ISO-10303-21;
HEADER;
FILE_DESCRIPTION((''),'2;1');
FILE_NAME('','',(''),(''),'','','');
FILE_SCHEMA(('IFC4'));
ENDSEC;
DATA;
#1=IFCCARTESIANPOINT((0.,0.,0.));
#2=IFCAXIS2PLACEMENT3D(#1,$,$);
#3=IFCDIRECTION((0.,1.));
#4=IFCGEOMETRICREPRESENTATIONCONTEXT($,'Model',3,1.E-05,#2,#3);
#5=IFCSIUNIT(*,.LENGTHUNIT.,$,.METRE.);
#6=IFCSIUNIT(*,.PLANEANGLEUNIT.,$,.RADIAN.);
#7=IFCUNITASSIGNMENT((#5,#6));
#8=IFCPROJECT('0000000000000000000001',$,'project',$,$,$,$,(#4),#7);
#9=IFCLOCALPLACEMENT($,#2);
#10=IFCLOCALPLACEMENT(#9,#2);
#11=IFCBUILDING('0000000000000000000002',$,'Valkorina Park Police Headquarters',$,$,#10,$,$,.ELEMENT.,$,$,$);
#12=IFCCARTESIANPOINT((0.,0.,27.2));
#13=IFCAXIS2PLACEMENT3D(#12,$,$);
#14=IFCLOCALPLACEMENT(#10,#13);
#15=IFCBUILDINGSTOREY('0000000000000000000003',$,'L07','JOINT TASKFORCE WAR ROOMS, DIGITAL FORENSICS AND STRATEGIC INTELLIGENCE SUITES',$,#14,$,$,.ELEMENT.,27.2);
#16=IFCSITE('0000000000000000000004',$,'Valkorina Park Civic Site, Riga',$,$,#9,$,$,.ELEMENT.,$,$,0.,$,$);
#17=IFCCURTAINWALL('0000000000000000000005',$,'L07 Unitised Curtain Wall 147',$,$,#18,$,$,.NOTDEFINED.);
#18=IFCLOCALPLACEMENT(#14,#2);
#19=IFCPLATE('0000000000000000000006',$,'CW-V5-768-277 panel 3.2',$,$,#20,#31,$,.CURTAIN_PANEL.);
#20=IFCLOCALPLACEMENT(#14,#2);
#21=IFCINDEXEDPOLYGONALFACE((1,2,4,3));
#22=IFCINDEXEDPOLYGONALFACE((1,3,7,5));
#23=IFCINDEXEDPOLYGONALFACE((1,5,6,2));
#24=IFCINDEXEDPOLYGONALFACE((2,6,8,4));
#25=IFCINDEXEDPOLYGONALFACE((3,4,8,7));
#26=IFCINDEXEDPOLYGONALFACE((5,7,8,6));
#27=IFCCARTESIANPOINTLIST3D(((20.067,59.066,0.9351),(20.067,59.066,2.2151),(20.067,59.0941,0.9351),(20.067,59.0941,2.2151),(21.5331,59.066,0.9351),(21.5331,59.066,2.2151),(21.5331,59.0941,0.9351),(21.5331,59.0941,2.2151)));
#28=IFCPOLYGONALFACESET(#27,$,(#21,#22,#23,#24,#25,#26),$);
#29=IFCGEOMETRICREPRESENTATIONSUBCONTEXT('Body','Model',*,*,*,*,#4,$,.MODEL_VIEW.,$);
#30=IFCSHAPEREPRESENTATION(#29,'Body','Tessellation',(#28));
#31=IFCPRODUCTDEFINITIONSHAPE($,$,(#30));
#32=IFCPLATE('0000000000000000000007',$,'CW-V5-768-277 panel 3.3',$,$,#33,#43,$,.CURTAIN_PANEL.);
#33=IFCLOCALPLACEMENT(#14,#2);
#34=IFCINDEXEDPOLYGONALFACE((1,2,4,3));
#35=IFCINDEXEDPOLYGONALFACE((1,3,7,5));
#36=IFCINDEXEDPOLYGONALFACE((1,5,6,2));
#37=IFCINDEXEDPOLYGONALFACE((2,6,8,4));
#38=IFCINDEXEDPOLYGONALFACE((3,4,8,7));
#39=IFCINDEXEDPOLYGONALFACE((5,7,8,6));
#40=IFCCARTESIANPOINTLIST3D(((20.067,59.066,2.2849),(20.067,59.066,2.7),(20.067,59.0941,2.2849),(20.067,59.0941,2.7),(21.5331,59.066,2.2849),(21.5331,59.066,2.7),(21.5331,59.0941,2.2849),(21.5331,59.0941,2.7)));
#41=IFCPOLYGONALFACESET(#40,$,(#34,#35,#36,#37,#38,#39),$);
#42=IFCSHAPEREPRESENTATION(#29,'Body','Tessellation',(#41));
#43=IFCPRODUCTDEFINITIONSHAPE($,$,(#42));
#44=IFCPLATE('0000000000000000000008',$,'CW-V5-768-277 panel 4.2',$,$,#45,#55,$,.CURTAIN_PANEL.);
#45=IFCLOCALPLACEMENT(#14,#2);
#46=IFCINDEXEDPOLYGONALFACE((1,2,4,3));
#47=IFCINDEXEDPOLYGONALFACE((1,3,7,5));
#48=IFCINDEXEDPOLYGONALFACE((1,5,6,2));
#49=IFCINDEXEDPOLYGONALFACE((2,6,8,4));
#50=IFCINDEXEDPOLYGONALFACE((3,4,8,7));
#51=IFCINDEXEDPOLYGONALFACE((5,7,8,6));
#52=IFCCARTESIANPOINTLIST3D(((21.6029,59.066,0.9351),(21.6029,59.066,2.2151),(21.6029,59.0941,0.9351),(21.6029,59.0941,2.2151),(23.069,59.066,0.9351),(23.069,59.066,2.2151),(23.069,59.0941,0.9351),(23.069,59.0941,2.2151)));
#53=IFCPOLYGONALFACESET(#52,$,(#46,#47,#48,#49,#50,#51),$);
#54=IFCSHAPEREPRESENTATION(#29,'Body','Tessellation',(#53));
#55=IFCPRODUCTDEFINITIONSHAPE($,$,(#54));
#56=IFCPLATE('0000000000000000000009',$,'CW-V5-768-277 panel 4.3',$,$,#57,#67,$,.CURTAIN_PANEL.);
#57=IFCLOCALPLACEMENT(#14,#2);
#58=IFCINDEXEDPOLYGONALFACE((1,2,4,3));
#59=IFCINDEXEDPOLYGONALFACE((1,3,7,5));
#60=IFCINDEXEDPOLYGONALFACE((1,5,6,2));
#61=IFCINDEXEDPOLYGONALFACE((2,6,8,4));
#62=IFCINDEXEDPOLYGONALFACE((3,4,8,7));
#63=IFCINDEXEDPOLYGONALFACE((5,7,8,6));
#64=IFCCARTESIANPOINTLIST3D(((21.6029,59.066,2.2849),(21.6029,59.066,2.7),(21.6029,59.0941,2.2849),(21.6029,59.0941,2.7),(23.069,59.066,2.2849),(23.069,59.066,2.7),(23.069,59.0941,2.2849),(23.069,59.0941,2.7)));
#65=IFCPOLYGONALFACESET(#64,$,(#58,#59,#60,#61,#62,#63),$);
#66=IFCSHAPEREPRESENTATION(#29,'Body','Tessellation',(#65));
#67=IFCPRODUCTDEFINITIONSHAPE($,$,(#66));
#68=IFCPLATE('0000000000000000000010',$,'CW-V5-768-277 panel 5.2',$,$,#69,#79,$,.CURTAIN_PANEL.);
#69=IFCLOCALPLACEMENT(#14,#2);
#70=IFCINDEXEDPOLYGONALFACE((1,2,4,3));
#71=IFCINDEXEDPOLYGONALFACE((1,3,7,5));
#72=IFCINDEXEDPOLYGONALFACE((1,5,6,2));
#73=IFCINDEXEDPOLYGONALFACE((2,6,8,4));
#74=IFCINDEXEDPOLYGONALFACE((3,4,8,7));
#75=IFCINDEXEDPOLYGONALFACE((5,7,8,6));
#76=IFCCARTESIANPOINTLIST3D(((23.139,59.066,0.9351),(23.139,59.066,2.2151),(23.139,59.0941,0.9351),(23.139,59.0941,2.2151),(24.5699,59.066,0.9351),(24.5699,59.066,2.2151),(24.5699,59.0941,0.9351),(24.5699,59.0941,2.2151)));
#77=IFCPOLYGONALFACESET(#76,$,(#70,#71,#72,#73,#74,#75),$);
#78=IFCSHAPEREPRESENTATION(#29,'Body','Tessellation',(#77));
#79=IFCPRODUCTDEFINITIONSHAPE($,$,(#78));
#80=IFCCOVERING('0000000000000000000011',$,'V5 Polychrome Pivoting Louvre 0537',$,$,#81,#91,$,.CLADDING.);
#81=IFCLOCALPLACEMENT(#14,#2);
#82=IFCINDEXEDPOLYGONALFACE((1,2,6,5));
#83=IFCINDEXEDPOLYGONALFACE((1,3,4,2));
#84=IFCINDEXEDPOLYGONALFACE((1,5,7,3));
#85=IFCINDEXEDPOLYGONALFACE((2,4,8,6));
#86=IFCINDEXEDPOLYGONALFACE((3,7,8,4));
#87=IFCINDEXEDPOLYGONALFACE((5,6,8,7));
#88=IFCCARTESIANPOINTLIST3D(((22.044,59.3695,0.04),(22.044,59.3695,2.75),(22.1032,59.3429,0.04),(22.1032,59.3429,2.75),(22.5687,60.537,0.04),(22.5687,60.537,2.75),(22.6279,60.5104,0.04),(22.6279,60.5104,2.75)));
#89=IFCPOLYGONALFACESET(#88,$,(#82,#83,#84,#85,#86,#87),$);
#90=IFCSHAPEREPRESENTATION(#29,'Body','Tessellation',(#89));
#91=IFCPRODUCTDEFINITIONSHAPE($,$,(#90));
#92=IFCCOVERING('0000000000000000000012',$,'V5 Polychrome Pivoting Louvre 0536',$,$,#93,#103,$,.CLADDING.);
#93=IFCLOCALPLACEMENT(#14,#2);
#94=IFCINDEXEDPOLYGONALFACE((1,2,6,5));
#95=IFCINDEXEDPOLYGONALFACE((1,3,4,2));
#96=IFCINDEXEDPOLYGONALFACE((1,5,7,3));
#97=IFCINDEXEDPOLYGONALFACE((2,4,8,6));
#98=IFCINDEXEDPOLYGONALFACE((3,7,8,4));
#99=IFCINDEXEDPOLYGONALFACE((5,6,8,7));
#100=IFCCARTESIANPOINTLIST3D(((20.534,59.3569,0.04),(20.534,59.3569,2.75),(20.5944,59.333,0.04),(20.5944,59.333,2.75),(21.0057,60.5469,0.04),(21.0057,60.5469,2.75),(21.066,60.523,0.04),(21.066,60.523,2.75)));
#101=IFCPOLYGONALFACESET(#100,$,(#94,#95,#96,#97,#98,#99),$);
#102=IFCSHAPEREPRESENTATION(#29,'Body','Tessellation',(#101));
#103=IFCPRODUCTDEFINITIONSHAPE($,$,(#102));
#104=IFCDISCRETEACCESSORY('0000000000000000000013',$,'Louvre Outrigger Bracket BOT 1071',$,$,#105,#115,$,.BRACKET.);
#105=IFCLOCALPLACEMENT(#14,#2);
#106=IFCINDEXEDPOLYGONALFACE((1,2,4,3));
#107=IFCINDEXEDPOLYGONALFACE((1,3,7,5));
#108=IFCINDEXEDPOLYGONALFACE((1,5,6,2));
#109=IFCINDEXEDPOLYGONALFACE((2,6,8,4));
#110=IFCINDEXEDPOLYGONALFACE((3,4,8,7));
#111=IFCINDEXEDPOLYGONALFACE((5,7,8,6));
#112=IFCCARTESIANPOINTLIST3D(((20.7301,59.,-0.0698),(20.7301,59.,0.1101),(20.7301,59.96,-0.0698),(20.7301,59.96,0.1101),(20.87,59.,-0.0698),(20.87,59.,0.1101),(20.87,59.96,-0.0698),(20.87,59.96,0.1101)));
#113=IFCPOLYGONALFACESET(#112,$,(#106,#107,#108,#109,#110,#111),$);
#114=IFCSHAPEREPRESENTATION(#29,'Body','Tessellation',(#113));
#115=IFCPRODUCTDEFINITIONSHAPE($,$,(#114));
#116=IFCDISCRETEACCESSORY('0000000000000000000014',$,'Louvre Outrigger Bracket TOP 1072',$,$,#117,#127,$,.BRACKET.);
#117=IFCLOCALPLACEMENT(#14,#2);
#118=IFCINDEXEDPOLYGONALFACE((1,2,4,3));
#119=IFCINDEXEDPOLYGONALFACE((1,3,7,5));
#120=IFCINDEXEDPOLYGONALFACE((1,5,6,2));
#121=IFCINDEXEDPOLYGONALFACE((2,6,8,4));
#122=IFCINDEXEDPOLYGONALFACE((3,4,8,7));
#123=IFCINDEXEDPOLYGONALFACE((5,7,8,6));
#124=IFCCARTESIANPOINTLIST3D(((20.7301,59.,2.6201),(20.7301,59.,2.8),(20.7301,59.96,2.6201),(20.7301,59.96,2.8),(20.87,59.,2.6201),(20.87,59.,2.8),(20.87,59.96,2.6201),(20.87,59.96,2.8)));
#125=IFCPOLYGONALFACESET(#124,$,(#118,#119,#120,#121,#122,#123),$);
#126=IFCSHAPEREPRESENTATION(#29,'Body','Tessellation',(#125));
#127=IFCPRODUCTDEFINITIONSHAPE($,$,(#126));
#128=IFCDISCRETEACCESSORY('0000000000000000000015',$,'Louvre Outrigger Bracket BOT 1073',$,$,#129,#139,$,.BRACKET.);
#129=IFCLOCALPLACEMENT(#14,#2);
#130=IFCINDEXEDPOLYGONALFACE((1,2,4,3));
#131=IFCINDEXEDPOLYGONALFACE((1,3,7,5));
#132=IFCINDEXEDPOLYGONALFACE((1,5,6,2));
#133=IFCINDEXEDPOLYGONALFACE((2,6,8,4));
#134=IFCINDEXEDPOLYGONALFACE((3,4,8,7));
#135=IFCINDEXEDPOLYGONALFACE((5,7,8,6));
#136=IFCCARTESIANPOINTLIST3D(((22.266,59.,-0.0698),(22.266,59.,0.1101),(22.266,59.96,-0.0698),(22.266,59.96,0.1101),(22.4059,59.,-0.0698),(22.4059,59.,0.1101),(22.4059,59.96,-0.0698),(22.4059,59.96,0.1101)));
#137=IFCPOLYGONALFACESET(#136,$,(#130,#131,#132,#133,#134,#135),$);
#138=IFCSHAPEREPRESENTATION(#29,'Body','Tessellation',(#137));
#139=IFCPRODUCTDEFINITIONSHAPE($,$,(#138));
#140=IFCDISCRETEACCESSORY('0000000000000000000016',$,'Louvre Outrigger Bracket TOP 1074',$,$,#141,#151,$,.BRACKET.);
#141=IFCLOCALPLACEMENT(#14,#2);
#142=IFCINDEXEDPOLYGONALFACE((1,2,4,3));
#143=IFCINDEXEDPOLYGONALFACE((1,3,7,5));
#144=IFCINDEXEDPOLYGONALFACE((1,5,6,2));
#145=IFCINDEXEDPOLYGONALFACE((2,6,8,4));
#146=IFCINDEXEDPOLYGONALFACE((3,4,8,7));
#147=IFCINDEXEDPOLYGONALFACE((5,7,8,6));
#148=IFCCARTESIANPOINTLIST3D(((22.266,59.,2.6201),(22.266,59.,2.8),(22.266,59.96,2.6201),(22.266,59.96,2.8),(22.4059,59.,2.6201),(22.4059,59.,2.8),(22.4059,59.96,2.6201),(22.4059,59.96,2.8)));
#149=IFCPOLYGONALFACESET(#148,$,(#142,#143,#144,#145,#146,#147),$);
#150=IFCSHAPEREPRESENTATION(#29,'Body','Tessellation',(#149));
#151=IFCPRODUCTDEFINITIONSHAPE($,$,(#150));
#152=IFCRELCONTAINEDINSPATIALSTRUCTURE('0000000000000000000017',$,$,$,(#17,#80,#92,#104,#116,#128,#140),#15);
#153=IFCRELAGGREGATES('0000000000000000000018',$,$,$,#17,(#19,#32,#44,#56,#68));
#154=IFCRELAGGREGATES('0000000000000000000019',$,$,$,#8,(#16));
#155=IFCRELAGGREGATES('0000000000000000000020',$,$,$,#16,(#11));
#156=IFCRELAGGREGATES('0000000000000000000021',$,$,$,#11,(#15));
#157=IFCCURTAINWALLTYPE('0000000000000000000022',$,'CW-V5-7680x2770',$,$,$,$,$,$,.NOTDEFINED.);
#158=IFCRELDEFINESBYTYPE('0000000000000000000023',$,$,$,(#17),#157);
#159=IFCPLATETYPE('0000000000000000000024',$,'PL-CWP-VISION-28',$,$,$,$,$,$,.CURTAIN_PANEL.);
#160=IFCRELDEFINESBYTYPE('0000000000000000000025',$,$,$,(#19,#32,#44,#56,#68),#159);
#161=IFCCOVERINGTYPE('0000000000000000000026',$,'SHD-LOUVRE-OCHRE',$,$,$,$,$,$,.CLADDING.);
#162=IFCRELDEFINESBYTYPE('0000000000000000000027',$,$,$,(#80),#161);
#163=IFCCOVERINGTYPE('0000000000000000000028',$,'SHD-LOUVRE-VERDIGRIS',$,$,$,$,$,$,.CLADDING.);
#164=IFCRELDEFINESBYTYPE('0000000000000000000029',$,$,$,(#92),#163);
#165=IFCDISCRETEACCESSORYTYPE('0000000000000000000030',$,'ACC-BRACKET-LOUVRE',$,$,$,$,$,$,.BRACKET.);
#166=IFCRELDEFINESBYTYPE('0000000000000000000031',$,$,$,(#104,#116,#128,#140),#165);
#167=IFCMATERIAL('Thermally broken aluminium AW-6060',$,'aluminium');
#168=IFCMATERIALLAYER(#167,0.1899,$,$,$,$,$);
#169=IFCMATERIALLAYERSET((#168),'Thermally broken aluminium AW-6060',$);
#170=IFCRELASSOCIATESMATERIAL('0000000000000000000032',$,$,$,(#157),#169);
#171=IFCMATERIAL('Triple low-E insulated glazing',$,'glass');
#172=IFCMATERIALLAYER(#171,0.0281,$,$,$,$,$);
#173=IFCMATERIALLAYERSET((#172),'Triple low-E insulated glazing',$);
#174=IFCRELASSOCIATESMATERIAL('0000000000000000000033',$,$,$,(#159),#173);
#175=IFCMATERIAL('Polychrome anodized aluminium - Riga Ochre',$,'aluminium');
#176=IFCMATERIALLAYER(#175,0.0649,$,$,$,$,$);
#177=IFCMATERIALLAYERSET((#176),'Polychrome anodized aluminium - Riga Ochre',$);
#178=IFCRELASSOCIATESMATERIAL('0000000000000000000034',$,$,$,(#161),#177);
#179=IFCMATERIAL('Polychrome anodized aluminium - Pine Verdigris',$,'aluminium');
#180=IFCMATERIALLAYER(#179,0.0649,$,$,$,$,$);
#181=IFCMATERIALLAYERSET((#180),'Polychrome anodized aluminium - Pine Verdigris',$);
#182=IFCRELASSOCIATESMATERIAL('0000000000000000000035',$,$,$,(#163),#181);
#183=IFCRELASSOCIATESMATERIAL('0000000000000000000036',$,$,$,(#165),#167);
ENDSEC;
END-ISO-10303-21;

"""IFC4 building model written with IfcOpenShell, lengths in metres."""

from ifc_helpers import new_model, si_unit, direction, frame, origin, origin_2d, place, context, subcontext, project, spatial, rectangle, extrude, material, layer, layer_set, type_object, element, aggregate, save


model = new_model("IFC4")

# Units and contexts
model_context = context("Model", 3, precision=1e-05, world=origin(), true_north=direction((0.0, 1.0)))
body_context = subcontext(model_context, "Body", "Model", "MODEL_VIEW")
ifc_project = project(units=[si_unit("LENGTHUNIT", "METRE"), si_unit("PLANEANGLEUNIT", "RADIAN")], contexts=[model_context])

# Site, building, storey
site_placement = place(None, origin())
site = spatial("IfcSite", under=ifc_project, at=site_placement, Name="Valkorina Park Civic Site, Riga", CompositionType="ELEMENT", RefElevation=0.0)
building_placement = place(site_placement, origin())
building = spatial("IfcBuilding", under=site, at=building_placement, Name="Valkorina Park Police Headquarters", CompositionType="ELEMENT")
storey_placement = place(building_placement, frame((0.0, 0.0, 27.2)))
storey = spatial("IfcBuildingStorey", under=building, at=storey_placement, Name="L07", Description="JOINT TASKFORCE WAR ROOMS, DIGITAL FORENSICS AND STRATEGIC INTELLIGENCE SUITES", CompositionType="ELEMENT", Elevation=27.2)

# Curtain wall, plates
ifc_material_1 = material(Name="Thermally broken aluminium AW-6060", Category="aluminium")
ifc_layer_1 = layer(ifc_material_1, 0.1899)
ifc_layer_set_1 = layer_set([ifc_layer_1], Name="Thermally broken aluminium AW-6060")
curtain_wall_type = type_object("IfcCurtainWallType", Name="CW-V5-7680x2770", PredefinedType="NOTDEFINED", material=ifc_layer_set_1)
curtain_wall_placement = place(storey_placement, origin())
curtain_wall = element("IfcCurtainWall", 1, at=curtain_wall_placement, inside=storey, type_object=curtain_wall_type, Name="L07 Unitised Curtain Wall 147", PredefinedType="NOTDEFINED")
ifc_material_2 = material(Name="Triple low-E insulated glazing", Category="glass")
ifc_layer_2 = layer(ifc_material_2, 0.0281)
ifc_layer_set_2 = layer_set([ifc_layer_2], Name="Triple low-E insulated glazing")
plate_type_1 = type_object("IfcPlateType", Name="PL-CWP-VISION-28", PredefinedType="CURTAIN_PANEL", material=ifc_layer_set_2)
plate_1_placement = place(storey_placement, frame((20.8, 59.0801, 0.9351), z_axis=(0.0, 0.0, 1.0), x_axis=(1.0, 0.0, 0.0)))
plate_1 = element("IfcPlate", 2, at=plate_1_placement, type_object=plate_type_1, Name="CW-V5-768-277 panel 3.2", PredefinedType="CURTAIN_PANEL", context=body_context, shape_type="SweptSolid", body=[
    extrude(rectangle(XDim=1.4661, YDim=0.0281, at=origin_2d()), origin(), (0.0, 0.0, 1.0), 1.28),
])
plate_2_placement = place(storey_placement, frame((20.8, 59.0801, 2.2849), z_axis=(0.0, 0.0, 1.0), x_axis=(1.0, 0.0, 0.0)))
plate_2 = element("IfcPlate", 3, at=plate_2_placement, type_object=plate_type_1, Name="CW-V5-768-277 panel 3.3", PredefinedType="CURTAIN_PANEL", context=body_context, shape_type="SweptSolid", body=[
    extrude(rectangle(XDim=1.4661, YDim=0.0281, at=origin_2d()), origin(), (0.0, 0.0, 1.0), 0.415),
])
plate_3_placement = place(storey_placement, frame((22.3359, 59.0801, 0.9351), z_axis=(0.0, 0.0, 1.0), x_axis=(1.0, 0.0, 0.0)))
plate_3 = element("IfcPlate", 4, at=plate_3_placement, type_object=plate_type_1, Name="CW-V5-768-277 panel 4.2", PredefinedType="CURTAIN_PANEL", context=body_context, shape_type="SweptSolid", body=[
    extrude(rectangle(XDim=1.4661, YDim=0.0281, at=origin_2d()), origin(), (0.0, 0.0, 1.0), 1.28),
])
plate_4_placement = place(storey_placement, frame((22.3359, 59.0801, 2.2849), z_axis=(0.0, 0.0, 1.0), x_axis=(1.0, 0.0, 0.0)))
plate_4 = element("IfcPlate", 5, at=plate_4_placement, type_object=plate_type_1, Name="CW-V5-768-277 panel 4.3", PredefinedType="CURTAIN_PANEL", context=body_context, shape_type="SweptSolid", body=[
    extrude(rectangle(XDim=1.4661, YDim=0.0281, at=origin_2d()), origin(), (0.0, 0.0, 1.0), 0.415),
])
plate_5_placement = place(storey_placement, frame((23.8545, 59.0801, 0.9351), z_axis=(0.0, 0.0, 1.0), x_axis=(1.0, 0.0, 0.0)))
plate_5 = element("IfcPlate", 6, at=plate_5_placement, type_object=plate_type_1, Name="CW-V5-768-277 panel 5.2", PredefinedType="CURTAIN_PANEL", context=body_context, shape_type="SweptSolid", body=[
    extrude(rectangle(XDim=1.4309, YDim=0.0281, at=origin_2d()), origin(), (0.0, 0.0, 1.0), 1.28),
])
aggregate(curtain_wall, [plate_1, plate_2, plate_3, plate_4, plate_5])

# Coverings
ifc_material_3 = material(Name="Polychrome anodized aluminium - Riga Ochre", Category="aluminium")
ifc_layer_3 = layer(ifc_material_3, 0.0649)
ifc_layer_set_3 = layer_set([ifc_layer_3], Name="Polychrome anodized aluminium - Riga Ochre")
covering_type_1 = type_object("IfcCoveringType", Name="SHD-LOUVRE-OCHRE", PredefinedType="CLADDING", material=ifc_layer_set_3)
covering_1_placement = place(storey_placement, frame((22.3359, 59.9399, 0.04), z_axis=(0.0, 0.0, 1.0), x_axis=(0.409923, 0.91212, 0.0)))
element("IfcCovering", 7, at=covering_1_placement, inside=storey, type_object=covering_type_1, Name="V5 Polychrome Pivoting Louvre 0537", PredefinedType="CLADDING", context=body_context, shape_type="SweptSolid", body=[
    extrude(rectangle(XDim=1.28, YDim=0.0649, at=origin_2d()), origin(), (0.0, 0.0, 1.0), 2.71),
])
ifc_material_4 = material(Name="Polychrome anodized aluminium - Pine Verdigris", Category="aluminium")
ifc_layer_4 = layer(ifc_material_4, 0.0649)
ifc_layer_set_4 = layer_set([ifc_layer_4], Name="Polychrome anodized aluminium - Pine Verdigris")
covering_type_2 = type_object("IfcCoveringType", Name="SHD-LOUVRE-VERDIGRIS", PredefinedType="CLADDING", material=ifc_layer_set_4)
covering_2_placement = place(storey_placement, frame((20.8, 59.9399, 0.04), z_axis=(0.0, 0.0, 1.0), x_axis=(0.368449, 0.929648, 0.0)))
element("IfcCovering", 8, at=covering_2_placement, inside=storey, type_object=covering_type_2, Name="V5 Polychrome Pivoting Louvre 0536", PredefinedType="CLADDING", context=body_context, shape_type="SweptSolid", body=[
    extrude(rectangle(XDim=1.28, YDim=0.0649, at=origin_2d()), origin(), (0.0, 0.0, 1.0), 2.71),
])

# Discrete accessories
discrete_accessory_type = type_object("IfcDiscreteAccessoryType", Name="ACC-BRACKET-LOUVRE", PredefinedType="BRACKET", material=ifc_material_1)
for number, where, z_axis, x_axis, name in (
    (9, (20.8, 59.48, -0.0698), (0.0, 0.0, 1.0), (0.0, 1.0, 0.0), "Louvre Outrigger Bracket BOT 1071"),
    (10, (20.8, 59.48, 2.6201), (0.0, 0.0, 1.0), (0.0, 1.0, 0.0), "Louvre Outrigger Bracket TOP 1072"),
    (11, (22.3359, 59.48, -0.0698), (0.0, 0.0, 1.0), (0.0, 1.0, 0.0), "Louvre Outrigger Bracket BOT 1073"),
    (12, (22.3359, 59.48, 2.6201), (0.0, 0.0, 1.0), (0.0, 1.0, 0.0), "Louvre Outrigger Bracket TOP 1074"),
):
    element("IfcDiscreteAccessory", number, at=place(storey_placement, frame(where, z_axis=z_axis, x_axis=x_axis)), inside=storey, type_object=discrete_accessory_type, Name=name, PredefinedType="BRACKET", context=body_context, shape_type="SweptSolid", body=[
        extrude(rectangle(XDim=0.96, YDim=0.1399, at=origin_2d()), origin(), (0.0, 0.0, 1.0), 0.1799),
    ])

save(model, "model.ifc")
